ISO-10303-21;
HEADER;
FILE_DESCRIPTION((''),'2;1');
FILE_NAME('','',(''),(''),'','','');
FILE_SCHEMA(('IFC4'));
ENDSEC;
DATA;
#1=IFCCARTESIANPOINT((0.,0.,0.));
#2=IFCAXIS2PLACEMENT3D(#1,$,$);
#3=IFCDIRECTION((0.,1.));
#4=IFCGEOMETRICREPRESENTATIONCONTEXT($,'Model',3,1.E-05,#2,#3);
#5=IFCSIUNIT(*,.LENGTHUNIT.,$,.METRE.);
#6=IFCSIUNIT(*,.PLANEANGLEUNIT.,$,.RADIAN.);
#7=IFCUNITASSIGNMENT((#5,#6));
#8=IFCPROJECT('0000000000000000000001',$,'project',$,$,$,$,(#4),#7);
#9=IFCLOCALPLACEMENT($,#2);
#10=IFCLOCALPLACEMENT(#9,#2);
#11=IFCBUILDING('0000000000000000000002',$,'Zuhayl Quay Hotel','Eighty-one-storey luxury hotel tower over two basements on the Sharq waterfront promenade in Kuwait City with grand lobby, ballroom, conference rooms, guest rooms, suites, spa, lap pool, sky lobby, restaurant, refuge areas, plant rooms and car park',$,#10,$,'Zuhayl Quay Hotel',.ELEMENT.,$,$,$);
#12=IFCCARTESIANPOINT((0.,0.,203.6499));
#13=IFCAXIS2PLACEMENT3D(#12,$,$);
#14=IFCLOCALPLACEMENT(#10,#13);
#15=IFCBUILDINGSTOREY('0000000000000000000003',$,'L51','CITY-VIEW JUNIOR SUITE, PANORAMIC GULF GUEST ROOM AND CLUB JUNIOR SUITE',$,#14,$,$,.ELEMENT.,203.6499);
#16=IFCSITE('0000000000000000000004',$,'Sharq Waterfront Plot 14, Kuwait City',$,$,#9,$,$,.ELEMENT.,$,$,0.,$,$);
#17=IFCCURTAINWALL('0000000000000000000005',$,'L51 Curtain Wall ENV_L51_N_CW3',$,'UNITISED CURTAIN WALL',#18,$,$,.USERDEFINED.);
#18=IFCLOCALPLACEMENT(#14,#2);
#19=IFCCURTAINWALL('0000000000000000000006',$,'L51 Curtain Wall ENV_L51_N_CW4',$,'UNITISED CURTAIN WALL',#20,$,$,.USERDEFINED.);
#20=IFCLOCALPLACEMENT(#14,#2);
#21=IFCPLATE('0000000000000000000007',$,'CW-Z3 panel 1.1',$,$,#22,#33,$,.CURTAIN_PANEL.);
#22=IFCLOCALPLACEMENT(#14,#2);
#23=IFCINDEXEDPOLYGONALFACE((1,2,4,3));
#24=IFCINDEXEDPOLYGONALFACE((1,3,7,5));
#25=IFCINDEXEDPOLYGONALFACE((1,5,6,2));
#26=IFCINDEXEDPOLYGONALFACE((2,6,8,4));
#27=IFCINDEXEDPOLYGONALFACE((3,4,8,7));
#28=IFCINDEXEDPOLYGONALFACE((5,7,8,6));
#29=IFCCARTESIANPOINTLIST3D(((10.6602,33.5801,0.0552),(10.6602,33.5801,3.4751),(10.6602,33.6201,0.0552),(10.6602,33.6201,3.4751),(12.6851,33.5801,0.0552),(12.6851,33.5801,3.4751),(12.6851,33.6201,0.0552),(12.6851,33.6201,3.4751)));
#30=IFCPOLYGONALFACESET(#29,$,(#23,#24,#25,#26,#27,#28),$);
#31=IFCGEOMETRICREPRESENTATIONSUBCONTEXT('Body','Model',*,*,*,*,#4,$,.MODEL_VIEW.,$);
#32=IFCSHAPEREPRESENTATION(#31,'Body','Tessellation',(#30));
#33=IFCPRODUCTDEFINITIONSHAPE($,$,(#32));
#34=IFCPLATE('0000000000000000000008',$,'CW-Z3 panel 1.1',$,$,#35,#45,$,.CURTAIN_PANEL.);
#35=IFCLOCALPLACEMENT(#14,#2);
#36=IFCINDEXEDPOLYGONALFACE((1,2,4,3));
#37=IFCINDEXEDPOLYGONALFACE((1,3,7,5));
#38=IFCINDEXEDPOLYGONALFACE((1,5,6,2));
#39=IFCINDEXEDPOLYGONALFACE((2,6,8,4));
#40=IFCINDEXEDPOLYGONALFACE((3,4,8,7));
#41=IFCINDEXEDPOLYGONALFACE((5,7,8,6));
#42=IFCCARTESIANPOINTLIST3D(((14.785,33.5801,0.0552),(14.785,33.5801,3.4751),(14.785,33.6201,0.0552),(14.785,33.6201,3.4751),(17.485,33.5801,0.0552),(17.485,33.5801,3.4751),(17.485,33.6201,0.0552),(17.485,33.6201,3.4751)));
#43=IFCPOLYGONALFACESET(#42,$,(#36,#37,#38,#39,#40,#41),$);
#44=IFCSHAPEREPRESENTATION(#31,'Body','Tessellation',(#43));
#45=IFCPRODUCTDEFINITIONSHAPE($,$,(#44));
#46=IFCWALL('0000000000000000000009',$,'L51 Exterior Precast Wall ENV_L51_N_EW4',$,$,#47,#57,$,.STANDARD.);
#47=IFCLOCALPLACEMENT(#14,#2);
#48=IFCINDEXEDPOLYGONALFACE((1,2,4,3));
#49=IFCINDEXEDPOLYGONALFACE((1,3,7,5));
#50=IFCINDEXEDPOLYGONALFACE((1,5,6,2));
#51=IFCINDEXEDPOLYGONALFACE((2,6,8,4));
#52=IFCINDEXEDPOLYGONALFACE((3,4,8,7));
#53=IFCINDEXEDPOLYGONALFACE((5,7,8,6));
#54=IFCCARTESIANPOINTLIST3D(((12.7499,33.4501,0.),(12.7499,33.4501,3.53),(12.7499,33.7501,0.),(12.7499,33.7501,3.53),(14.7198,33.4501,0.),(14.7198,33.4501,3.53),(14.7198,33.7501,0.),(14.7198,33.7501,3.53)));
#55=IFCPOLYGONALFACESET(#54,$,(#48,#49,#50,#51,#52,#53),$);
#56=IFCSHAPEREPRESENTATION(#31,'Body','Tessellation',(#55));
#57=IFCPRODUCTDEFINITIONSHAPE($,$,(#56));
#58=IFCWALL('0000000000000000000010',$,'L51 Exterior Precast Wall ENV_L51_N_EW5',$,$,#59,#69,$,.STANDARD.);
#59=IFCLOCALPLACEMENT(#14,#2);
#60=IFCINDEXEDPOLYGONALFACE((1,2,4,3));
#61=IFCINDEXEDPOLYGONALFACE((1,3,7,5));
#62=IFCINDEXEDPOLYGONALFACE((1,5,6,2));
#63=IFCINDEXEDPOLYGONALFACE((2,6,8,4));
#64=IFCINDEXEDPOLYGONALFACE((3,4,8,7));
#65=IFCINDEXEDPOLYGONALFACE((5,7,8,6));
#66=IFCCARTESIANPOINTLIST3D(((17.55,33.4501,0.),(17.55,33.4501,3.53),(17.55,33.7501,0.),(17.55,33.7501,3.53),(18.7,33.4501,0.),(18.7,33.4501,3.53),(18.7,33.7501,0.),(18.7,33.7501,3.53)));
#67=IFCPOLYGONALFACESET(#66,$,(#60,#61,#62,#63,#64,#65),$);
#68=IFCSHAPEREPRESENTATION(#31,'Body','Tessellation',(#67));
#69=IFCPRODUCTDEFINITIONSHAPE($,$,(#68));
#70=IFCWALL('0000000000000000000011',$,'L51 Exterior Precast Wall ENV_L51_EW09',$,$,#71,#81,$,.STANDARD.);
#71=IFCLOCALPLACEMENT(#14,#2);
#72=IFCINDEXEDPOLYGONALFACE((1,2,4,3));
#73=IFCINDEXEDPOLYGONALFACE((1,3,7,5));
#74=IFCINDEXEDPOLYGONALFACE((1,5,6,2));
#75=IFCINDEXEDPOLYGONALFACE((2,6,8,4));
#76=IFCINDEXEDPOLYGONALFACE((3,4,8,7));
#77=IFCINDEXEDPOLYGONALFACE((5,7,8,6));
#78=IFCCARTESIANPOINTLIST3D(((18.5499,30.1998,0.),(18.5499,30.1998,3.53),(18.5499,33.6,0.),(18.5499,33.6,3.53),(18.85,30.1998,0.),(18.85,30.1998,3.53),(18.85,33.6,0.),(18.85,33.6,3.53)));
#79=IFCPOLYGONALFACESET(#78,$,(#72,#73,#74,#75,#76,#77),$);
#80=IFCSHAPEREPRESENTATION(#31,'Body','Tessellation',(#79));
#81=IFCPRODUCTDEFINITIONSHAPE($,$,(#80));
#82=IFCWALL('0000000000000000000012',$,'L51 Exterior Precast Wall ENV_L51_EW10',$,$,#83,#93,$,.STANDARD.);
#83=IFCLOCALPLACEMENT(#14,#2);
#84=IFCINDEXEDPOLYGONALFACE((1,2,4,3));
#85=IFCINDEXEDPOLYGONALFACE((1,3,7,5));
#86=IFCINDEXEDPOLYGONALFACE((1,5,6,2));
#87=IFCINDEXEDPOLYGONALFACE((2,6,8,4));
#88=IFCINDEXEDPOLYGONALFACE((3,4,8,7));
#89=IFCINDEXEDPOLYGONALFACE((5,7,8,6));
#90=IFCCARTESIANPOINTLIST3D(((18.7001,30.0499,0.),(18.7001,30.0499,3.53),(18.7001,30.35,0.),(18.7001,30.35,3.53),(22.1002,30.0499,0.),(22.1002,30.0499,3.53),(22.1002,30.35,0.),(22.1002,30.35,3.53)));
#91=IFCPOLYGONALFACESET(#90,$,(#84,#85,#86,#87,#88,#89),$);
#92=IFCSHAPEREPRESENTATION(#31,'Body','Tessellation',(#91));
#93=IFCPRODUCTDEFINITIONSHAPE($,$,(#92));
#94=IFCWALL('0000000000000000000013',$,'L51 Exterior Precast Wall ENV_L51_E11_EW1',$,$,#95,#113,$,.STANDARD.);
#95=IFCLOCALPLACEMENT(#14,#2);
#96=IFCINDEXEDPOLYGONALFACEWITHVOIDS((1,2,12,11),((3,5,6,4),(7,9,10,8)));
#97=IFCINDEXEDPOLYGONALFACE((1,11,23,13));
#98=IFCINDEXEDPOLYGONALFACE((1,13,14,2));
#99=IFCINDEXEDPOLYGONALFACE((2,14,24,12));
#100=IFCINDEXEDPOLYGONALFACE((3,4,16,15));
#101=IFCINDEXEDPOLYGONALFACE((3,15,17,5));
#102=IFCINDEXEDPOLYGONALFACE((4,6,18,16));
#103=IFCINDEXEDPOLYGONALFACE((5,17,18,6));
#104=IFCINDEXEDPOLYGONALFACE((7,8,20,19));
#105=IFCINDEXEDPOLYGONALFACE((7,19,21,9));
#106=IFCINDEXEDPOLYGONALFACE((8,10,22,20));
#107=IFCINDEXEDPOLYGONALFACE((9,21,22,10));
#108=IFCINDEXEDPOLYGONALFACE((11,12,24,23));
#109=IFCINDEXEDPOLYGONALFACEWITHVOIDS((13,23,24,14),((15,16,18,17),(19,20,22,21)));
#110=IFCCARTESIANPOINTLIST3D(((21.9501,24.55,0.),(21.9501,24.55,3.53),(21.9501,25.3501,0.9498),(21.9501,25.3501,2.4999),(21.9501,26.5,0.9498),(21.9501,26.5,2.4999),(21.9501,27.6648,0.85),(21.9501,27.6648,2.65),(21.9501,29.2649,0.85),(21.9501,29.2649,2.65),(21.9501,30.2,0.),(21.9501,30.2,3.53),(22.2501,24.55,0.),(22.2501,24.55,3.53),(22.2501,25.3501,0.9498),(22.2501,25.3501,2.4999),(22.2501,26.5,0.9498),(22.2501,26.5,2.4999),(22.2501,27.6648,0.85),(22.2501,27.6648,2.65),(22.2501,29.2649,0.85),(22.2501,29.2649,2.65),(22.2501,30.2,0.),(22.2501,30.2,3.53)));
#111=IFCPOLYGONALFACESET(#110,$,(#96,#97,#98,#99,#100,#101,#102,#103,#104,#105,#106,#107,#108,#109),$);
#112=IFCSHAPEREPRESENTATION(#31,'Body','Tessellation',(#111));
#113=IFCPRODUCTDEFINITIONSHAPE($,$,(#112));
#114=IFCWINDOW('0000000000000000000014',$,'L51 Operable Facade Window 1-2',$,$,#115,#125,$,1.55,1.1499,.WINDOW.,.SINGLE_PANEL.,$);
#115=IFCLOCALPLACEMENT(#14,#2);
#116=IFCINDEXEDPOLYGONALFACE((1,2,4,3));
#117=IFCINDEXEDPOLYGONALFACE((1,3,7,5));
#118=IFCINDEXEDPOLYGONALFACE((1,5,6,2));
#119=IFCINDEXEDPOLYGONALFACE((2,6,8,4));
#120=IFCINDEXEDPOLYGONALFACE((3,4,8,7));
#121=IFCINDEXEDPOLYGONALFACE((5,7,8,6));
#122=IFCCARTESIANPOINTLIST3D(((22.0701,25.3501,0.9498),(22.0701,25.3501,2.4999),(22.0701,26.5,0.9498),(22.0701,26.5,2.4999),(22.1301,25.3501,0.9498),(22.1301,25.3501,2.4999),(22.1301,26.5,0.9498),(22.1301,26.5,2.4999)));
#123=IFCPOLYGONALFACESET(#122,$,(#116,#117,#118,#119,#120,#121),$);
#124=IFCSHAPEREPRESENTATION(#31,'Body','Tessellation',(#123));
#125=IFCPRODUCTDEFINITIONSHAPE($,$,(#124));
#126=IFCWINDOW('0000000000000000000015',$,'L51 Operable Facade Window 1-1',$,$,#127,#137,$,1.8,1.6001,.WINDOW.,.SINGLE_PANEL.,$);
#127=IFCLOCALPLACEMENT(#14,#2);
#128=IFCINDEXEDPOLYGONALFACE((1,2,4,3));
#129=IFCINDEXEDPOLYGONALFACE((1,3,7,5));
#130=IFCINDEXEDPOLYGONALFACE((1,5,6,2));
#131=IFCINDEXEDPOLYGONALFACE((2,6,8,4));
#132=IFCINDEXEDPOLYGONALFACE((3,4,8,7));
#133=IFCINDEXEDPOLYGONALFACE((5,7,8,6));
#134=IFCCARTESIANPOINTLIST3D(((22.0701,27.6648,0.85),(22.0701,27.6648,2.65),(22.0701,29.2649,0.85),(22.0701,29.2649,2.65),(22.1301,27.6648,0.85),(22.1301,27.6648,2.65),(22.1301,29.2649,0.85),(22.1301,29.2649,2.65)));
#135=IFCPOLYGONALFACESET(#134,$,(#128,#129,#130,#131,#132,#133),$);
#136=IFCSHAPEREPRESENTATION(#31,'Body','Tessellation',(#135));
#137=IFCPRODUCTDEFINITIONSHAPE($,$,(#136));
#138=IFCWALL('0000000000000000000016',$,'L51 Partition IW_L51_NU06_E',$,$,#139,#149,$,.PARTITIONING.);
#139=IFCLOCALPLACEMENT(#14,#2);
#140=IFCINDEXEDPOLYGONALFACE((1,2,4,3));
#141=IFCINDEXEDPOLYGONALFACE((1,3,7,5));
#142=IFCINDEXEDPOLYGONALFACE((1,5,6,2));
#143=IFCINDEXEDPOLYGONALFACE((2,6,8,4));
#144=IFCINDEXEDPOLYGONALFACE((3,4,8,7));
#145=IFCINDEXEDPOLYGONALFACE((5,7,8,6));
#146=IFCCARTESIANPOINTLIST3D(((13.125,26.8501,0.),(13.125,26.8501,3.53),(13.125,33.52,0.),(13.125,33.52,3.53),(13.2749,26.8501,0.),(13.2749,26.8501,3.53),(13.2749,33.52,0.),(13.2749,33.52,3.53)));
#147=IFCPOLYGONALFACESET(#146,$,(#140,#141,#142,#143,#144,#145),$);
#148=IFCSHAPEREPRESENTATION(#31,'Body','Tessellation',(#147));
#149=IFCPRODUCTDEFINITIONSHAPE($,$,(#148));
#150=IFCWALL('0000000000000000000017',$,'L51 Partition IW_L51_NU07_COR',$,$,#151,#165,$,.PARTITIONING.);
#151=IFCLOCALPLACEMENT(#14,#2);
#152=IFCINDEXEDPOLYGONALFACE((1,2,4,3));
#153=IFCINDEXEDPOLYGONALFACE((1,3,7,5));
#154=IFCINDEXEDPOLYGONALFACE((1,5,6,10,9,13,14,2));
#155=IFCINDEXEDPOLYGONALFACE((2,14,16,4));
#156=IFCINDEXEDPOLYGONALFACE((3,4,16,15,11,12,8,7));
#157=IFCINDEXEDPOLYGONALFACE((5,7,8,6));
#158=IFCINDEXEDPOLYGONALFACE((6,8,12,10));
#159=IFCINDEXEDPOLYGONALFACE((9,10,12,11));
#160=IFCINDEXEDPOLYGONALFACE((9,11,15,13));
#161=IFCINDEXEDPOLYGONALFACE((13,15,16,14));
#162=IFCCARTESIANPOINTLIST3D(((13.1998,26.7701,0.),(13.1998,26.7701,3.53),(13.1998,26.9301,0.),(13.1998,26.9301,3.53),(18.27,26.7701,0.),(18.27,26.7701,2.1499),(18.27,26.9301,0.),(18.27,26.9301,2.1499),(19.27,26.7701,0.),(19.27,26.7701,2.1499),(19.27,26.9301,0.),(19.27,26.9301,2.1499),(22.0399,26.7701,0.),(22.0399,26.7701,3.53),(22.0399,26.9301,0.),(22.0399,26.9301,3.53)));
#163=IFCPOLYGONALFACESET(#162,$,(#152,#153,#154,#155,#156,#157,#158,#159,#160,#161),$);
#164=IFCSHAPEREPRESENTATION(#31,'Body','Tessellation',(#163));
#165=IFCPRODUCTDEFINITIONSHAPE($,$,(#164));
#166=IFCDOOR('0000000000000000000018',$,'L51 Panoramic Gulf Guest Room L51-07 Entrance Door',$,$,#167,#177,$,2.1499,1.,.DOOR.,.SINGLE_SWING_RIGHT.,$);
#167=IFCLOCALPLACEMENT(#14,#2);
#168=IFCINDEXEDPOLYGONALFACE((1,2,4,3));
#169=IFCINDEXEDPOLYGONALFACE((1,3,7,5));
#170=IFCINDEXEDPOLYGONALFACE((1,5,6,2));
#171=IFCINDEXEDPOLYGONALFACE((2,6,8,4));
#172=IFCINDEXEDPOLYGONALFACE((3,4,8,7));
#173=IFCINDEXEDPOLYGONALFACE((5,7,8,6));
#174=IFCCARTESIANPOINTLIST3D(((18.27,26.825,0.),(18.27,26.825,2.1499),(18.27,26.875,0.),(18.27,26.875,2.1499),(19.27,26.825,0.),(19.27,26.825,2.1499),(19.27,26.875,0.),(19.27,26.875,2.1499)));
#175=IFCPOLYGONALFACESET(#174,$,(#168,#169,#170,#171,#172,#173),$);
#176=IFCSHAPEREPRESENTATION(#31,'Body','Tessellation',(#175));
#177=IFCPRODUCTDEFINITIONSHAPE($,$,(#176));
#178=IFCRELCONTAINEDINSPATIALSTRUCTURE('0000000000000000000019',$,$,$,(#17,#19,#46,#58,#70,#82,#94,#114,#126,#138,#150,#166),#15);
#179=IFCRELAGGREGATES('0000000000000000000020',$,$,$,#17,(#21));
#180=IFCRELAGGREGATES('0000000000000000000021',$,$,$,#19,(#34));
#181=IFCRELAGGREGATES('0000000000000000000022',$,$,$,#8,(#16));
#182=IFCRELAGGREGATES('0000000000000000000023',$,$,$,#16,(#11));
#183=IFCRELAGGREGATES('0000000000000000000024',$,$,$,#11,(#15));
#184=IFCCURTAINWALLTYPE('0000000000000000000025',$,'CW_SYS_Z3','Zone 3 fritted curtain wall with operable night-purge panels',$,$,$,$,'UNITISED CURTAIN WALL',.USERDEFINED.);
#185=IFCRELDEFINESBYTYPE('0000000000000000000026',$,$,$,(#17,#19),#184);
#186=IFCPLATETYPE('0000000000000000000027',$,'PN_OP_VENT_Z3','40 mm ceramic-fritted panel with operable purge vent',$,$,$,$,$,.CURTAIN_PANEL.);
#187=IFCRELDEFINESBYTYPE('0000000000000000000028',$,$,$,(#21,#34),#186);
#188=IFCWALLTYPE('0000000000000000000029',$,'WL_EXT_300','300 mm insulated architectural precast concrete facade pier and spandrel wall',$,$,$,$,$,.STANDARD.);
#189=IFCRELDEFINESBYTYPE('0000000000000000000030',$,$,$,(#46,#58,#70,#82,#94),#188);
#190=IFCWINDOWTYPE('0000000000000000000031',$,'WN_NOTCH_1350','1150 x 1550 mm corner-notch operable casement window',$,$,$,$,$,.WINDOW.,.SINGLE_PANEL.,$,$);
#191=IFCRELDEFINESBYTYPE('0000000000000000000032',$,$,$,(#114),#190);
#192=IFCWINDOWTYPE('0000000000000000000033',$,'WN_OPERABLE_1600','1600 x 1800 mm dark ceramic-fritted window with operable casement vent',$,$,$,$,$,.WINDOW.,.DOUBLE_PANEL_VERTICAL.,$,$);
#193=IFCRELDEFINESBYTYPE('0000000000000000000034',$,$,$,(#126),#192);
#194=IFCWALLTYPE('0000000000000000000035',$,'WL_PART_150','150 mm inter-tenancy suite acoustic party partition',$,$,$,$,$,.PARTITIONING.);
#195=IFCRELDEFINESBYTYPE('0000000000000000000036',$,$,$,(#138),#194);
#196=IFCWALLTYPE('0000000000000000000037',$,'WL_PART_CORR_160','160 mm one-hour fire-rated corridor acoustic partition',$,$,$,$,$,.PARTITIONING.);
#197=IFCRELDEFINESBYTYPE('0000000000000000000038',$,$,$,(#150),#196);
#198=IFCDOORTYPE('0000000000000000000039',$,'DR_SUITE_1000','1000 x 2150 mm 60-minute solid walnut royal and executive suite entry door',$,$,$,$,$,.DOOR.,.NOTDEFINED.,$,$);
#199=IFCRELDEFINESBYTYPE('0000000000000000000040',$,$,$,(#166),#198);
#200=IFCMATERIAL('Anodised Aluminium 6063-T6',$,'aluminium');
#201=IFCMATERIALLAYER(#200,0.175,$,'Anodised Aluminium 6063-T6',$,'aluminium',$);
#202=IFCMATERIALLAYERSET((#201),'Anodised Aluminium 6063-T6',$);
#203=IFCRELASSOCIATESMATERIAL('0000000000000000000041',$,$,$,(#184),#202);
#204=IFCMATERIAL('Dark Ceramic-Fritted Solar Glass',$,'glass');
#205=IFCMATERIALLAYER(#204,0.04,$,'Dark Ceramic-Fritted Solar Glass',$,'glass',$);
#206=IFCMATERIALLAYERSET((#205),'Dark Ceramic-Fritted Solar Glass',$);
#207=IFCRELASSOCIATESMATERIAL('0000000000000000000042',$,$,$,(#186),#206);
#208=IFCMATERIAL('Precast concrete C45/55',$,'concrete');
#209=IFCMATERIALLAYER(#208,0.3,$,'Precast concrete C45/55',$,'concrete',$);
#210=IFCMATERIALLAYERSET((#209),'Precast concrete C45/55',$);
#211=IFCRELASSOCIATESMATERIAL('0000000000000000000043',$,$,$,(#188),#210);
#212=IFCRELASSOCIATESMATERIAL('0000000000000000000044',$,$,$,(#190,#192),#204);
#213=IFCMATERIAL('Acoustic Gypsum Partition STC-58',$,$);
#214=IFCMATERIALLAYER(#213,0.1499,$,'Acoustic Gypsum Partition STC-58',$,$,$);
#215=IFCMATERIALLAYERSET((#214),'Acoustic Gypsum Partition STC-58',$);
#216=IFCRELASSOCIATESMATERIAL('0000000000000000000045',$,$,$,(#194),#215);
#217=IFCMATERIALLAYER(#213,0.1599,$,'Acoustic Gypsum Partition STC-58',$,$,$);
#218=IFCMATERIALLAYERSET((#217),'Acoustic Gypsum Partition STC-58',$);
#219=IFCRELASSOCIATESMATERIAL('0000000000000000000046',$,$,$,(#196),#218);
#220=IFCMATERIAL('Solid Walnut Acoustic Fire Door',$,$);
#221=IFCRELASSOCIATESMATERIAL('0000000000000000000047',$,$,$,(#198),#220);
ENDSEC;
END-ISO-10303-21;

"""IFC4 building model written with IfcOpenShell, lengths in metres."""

from ifc_helpers import new_model, si_unit, direction, frame, frame_2d, origin, origin_2d, place, context, subcontext, project, spatial, rectangle, extrude, material, layer, layer_set, type_object, element, fill, aggregate, save


model = new_model("IFC4")

# Units and contexts
model_context = context("Model", 3, precision=1e-05, world=origin(), true_north=direction((0.0, 1.0)))
body_context = subcontext(model_context, "Body", "Model", "MODEL_VIEW")
ifc_project = project(units=[si_unit("LENGTHUNIT", "METRE"), si_unit("PLANEANGLEUNIT", "RADIAN")], contexts=[model_context])

# Site, building, storey
site_placement = place(None, origin())
site = spatial("IfcSite", under=ifc_project, at=site_placement, Name="Sharq Waterfront Plot 14, Kuwait City", CompositionType="ELEMENT", RefElevation=0.0)
building_placement = place(site_placement, origin())
building = spatial("IfcBuilding", under=site, at=building_placement, Name="Zuhayl Quay Hotel", Description="Eighty-one-storey luxury hotel tower over two basements on the Sharq waterfront promenade in Kuwait City with grand lobby, ballroom, conference rooms, guest rooms, suites, spa, lap pool, sky lobby, restaurant, refuge areas, plant rooms and car park", LongName="Zuhayl Quay Hotel", CompositionType="ELEMENT")
storey_placement = place(building_placement, frame((0.0, 0.0, 203.6499)))
storey = spatial("IfcBuildingStorey", under=building, at=storey_placement, Name="L51", Description="CITY-VIEW JUNIOR SUITE, PANORAMIC GULF GUEST ROOM AND CLUB JUNIOR SUITE", CompositionType="ELEMENT", Elevation=203.6499)

# Curtain wall
ifc_material_1 = material(Name="Anodised Aluminium 6063-T6", Category="aluminium")
ifc_layer_1 = layer(ifc_material_1, 0.175, Name="Anodised Aluminium 6063-T6", Category="aluminium")
ifc_layer_set_1 = layer_set([ifc_layer_1], Name="Anodised Aluminium 6063-T6")
curtain_wall_type = type_object("IfcCurtainWallType", Name="CW_SYS_Z3", Description="Zone 3 fritted curtain wall with operable night-purge panels", ElementType="UNITISED CURTAIN WALL", PredefinedType="USERDEFINED", material=ifc_layer_set_1)
curtain_wall_1_placement = place(storey_placement, origin())
curtain_wall_1 = element("IfcCurtainWall", 1, at=curtain_wall_1_placement, inside=storey, type_object=curtain_wall_type, Name="L51 Curtain Wall ENV_L51_N_CW3", ObjectType="UNITISED CURTAIN WALL", PredefinedType="USERDEFINED")

# Curtain wall
curtain_wall_2_placement = place(storey_placement, origin())
curtain_wall_2 = element("IfcCurtainWall", 2, at=curtain_wall_2_placement, inside=storey, type_object=curtain_wall_type, Name="L51 Curtain Wall ENV_L51_N_CW4", ObjectType="UNITISED CURTAIN WALL", PredefinedType="USERDEFINED")

# Plates
ifc_material_2 = material(Name="Dark Ceramic-Fritted Solar Glass", Category="glass")
ifc_layer_2 = layer(ifc_material_2, 0.04, Name="Dark Ceramic-Fritted Solar Glass", Category="glass")
ifc_layer_set_2 = layer_set([ifc_layer_2], Name="Dark Ceramic-Fritted Solar Glass")
plate_type = type_object("IfcPlateType", Name="PN_OP_VENT_Z3", Description="40 mm ceramic-fritted panel with operable purge vent", PredefinedType="CURTAIN_PANEL", material=ifc_layer_set_2)
plate_1_placement = place(storey_placement, frame((11.6726, 33.6001, 0.0552), z_axis=(0.0, 0.0, 1.0), x_axis=(1.0, 0.0, 0.0)))
plate_1 = element("IfcPlate", 3, at=plate_1_placement, type_object=plate_type, Name="CW-Z3 panel 1.1", PredefinedType="CURTAIN_PANEL", context=body_context, shape_type="SweptSolid", body=[
    extrude(rectangle(XDim=2.0249, YDim=0.04, at=origin_2d()), origin(), (0.0, 0.0, 1.0), 3.4199),
])
aggregate(curtain_wall_1, [plate_1])
plate_2_placement = place(storey_placement, frame((16.135, 33.6001, 0.0552), z_axis=(0.0, 0.0, 1.0), x_axis=(1.0, 0.0, 0.0)))
plate_2 = element("IfcPlate", 4, at=plate_2_placement, type_object=plate_type, Name="CW-Z3 panel 1.1", PredefinedType="CURTAIN_PANEL", context=body_context, shape_type="SweptSolid", body=[
    extrude(rectangle(XDim=2.7, YDim=0.04, at=origin_2d()), origin(), (0.0, 0.0, 1.0), 3.4199),
])
aggregate(curtain_wall_2, [plate_2])

# Walls
ifc_material_3 = material(Name="Precast concrete C45/55", Category="concrete")
ifc_layer_3 = layer(ifc_material_3, 0.3, Name="Precast concrete C45/55", Category="concrete")
ifc_layer_set_3 = layer_set([ifc_layer_3], Name="Precast concrete C45/55")
wall_type_1 = type_object("IfcWallType", Name="WL_EXT_300", Description="300 mm insulated architectural precast concrete facade pier and spandrel wall", PredefinedType="STANDARD", material=ifc_layer_set_3)
wall_1_placement = place(storey_placement, frame((12.75, 33.6001, 0.0), z_axis=(0.0, 0.0, 1.0), x_axis=(1.0, 0.0, 0.0)))
element("IfcWall", 5, at=wall_1_placement, inside=storey, type_object=wall_type_1, Name="L51 Exterior Precast Wall ENV_L51_N_EW4", PredefinedType="STANDARD", context=body_context, shape_type="SweptSolid", body=[
    extrude(rectangle(XDim=1.97, YDim=0.3, at=frame_2d((0.9849, 0.0))), origin(), (0.0, 0.0, 1.0), 3.53),
])
wall_2_placement = place(storey_placement, frame((17.55, 33.6001, 0.0), z_axis=(0.0, 0.0, 1.0), x_axis=(1.0, 0.0, 0.0)))
element("IfcWall", 6, at=wall_2_placement, inside=storey, type_object=wall_type_1, Name="L51 Exterior Precast Wall ENV_L51_N_EW5", PredefinedType="STANDARD", context=body_context, shape_type="SweptSolid", body=[
    extrude(rectangle(XDim=1.1499, YDim=0.3, at=frame_2d((0.575, 0.0))), origin(), (0.0, 0.0, 1.0), 3.53),
])
for number, where, z_axis, x_axis, name in (
    (7, (18.7, 33.6001, 0.0), (0.0, 0.0, 1.0), (0.0, -1.0, 0.0), "L51 Exterior Precast Wall ENV_L51_EW09"),
    (8, (18.7, 30.2, 0.0), (0.0, 0.0, 1.0), (1.0, 0.0, 0.0), "L51 Exterior Precast Wall ENV_L51_EW10"),
):
    element("IfcWall", number, at=place(storey_placement, frame(where, z_axis=z_axis, x_axis=x_axis)), inside=storey, type_object=wall_type_1, Name=name, PredefinedType="STANDARD", context=body_context, shape_type="SweptSolid", body=[
        extrude(rectangle(XDim=3.4001, YDim=0.3, at=frame_2d((1.7002, 0.0))), origin(), (0.0, 0.0, 1.0), 3.53),
    ])

# Wall, openings, windows
wall_3_placement = place(storey_placement, frame((22.1001, 30.2, 0.0), z_axis=(0.0, 0.0, 1.0), x_axis=(0.0, -1.0, 0.0)))
wall_3 = element("IfcWall", 9, at=wall_3_placement, inside=storey, type_object=wall_type_1, Name="L51 Exterior Precast Wall ENV_L51_E11_EW1", PredefinedType="STANDARD", context=body_context, shape_type="SweptSolid", body=[
    extrude(rectangle(XDim=5.6499, YDim=0.3, at=frame_2d((2.825, 0.0))), origin(), (0.0, 0.0, 1.0), 3.53),
])
opening_1_placement = place(wall_3_placement, frame((0.9351, 0.0, 0.8501)))
opening_1 = element("IfcOpeningElement", 10, at=opening_1_placement, cuts=wall_3, PredefinedType="OPENING", context=body_context, shape_type="SweptSolid", body=[
    extrude(rectangle(XDim=1.6001, YDim=1.8, at=frame_2d((0.8, 0.8999))), frame((0.0, 0.1599, 0.0), z_axis=(0.0, -1.0, 0.0), x_axis=(1.0, 0.0, 0.0)), (0.0, 0.0, 1.0), 0.3201),
])
opening_2_placement = place(wall_3_placement, frame((3.7, 0.0, 0.95)))
opening_2 = element("IfcOpeningElement", 11, at=opening_2_placement, cuts=wall_3, PredefinedType="OPENING", context=body_context, shape_type="SweptSolid", body=[
    extrude(rectangle(XDim=1.1499, YDim=1.55, at=frame_2d((0.575, 0.7749))), frame((0.0, 0.1599, 0.0), z_axis=(0.0, -1.0, 0.0), x_axis=(1.0, 0.0, 0.0)), (0.0, 0.0, 1.0), 0.3201),
])
window_type_1 = type_object("IfcWindowType", Name="WN_NOTCH_1350", Description="1150 x 1550 mm corner-notch operable casement window", PartitioningType="SINGLE_PANEL", PredefinedType="WINDOW", material=ifc_material_2)
window_1_placement = place(opening_2_placement, origin())
window_1 = element("IfcWindow", 12, at=window_1_placement, inside=storey, type_object=window_type_1, Name="L51 Operable Facade Window 1-2", OverallHeight=1.55, OverallWidth=1.1499, PartitioningType="SINGLE_PANEL", PredefinedType="WINDOW", context=body_context, shape_type="SweptSolid", body=[
    extrude(rectangle(XDim=1.1499, YDim=1.55, at=frame_2d((0.575, 0.7749))), frame((0.0, 0.03, 0.0), z_axis=(0.0, -1.0, 0.0), x_axis=(1.0, 0.0, 0.0)), (0.0, 0.0, 1.0), 0.0601),
])
fill(opening_2, window_1)
window_type_2 = type_object("IfcWindowType", Name="WN_OPERABLE_1600", Description="1600 x 1800 mm dark ceramic-fritted window with operable casement vent", PartitioningType="DOUBLE_PANEL_VERTICAL", PredefinedType="WINDOW", material=ifc_material_2)
window_2_placement = place(opening_1_placement, origin())
window_2 = element("IfcWindow", 13, at=window_2_placement, inside=storey, type_object=window_type_2, Name="L51 Operable Facade Window 1-1", OverallHeight=1.8, OverallWidth=1.6001, PartitioningType="SINGLE_PANEL", PredefinedType="WINDOW", context=body_context, shape_type="SweptSolid", body=[
    extrude(rectangle(XDim=1.6001, YDim=1.8, at=frame_2d((0.8, 0.8999))), frame((0.0, 0.03, 0.0), z_axis=(0.0, -1.0, 0.0), x_axis=(1.0, 0.0, 0.0)), (0.0, 0.0, 1.0), 0.0601),
])
fill(opening_1, window_2)

# Wall
ifc_material_4 = material(Name="Acoustic Gypsum Partition STC-58")
ifc_layer_4 = layer(ifc_material_4, 0.1499, Name="Acoustic Gypsum Partition STC-58")
ifc_layer_set_4 = layer_set([ifc_layer_4], Name="Acoustic Gypsum Partition STC-58")
wall_type_2 = type_object("IfcWallType", Name="WL_PART_150", Description="150 mm inter-tenancy suite acoustic party partition", PredefinedType="PARTITIONING", material=ifc_layer_set_4)
wall_4_placement = place(storey_placement, frame((13.2, 26.8501, 0.0), z_axis=(0.0, 0.0, 1.0), x_axis=(0.0, 1.0, 0.0)))
element("IfcWall", 14, at=wall_4_placement, inside=storey, type_object=wall_type_2, Name="L51 Partition IW_L51_NU06_E", PredefinedType="PARTITIONING", context=body_context, shape_type="SweptSolid", body=[
    extrude(rectangle(XDim=6.6699, YDim=0.1499, at=frame_2d((3.335, 0.0))), origin(), (0.0, 0.0, 1.0), 3.53),
])

# Wall, opening, door
ifc_layer_5 = layer(ifc_material_4, 0.1599, Name="Acoustic Gypsum Partition STC-58")
ifc_layer_set_5 = layer_set([ifc_layer_5], Name="Acoustic Gypsum Partition STC-58")
wall_type_3 = type_object("IfcWallType", Name="WL_PART_CORR_160", Description="160 mm one-hour fire-rated corridor acoustic partition", PredefinedType="PARTITIONING", material=ifc_layer_set_5)
wall_5_placement = place(storey_placement, frame((13.2, 26.8501, 0.0), z_axis=(0.0, 0.0, 1.0), x_axis=(1.0, 0.0, 0.0)))
wall_5 = element("IfcWall", 15, at=wall_5_placement, inside=storey, type_object=wall_type_3, Name="L51 Partition IW_L51_NU07_COR", PredefinedType="PARTITIONING", context=body_context, shape_type="SweptSolid", body=[
    extrude(rectangle(XDim=8.8401, YDim=0.1599, at=frame_2d((4.4199, 0.0))), origin(), (0.0, 0.0, 1.0), 3.53),
])
opening_3_placement = place(wall_5_placement, frame((5.0701, 0.0, 0.0)))
opening_3 = element("IfcOpeningElement", 16, at=opening_3_placement, cuts=wall_5, PredefinedType="OPENING", context=body_context, shape_type="SweptSolid", body=[
    extrude(rectangle(XDim=1.0, YDim=2.1499, at=frame_2d((0.5, 1.075))), frame((0.0, 0.0898, 0.0), z_axis=(0.0, -1.0, 0.0), x_axis=(1.0, 0.0, 0.0)), (0.0, 0.0, 1.0), 0.1799),
])
ifc_material_5 = material(Name="Solid Walnut Acoustic Fire Door")
door_type_1 = type_object("IfcDoorType", Name="DR_SUITE_1000", Description="1000 x 2150 mm 60-minute solid walnut royal and executive suite entry door", OperationType="NOTDEFINED", PredefinedType="DOOR", material=ifc_material_5)
door_1_placement = place(opening_3_placement, origin())
door_1 = element("IfcDoor", 17, at=door_1_placement, inside=storey, type_object=door_type_1, Name="L51 Panoramic Gulf Guest Room L51-07 Entrance Door", OperationType="SINGLE_SWING_RIGHT", OverallHeight=2.1499, OverallWidth=1.0, PredefinedType="DOOR", context=body_context, shape_type="SweptSolid", body=[
    extrude(rectangle(XDim=1.0, YDim=2.1499, at=frame_2d((0.5, 1.075))), frame((0.0, 0.0249, 0.0), z_axis=(0.0, -1.0, 0.0), x_axis=(1.0, 0.0, 0.0)), (0.0, 0.0, 1.0), 0.05),
])
fill(opening_3, door_1)

save(model, "model.ifc")
